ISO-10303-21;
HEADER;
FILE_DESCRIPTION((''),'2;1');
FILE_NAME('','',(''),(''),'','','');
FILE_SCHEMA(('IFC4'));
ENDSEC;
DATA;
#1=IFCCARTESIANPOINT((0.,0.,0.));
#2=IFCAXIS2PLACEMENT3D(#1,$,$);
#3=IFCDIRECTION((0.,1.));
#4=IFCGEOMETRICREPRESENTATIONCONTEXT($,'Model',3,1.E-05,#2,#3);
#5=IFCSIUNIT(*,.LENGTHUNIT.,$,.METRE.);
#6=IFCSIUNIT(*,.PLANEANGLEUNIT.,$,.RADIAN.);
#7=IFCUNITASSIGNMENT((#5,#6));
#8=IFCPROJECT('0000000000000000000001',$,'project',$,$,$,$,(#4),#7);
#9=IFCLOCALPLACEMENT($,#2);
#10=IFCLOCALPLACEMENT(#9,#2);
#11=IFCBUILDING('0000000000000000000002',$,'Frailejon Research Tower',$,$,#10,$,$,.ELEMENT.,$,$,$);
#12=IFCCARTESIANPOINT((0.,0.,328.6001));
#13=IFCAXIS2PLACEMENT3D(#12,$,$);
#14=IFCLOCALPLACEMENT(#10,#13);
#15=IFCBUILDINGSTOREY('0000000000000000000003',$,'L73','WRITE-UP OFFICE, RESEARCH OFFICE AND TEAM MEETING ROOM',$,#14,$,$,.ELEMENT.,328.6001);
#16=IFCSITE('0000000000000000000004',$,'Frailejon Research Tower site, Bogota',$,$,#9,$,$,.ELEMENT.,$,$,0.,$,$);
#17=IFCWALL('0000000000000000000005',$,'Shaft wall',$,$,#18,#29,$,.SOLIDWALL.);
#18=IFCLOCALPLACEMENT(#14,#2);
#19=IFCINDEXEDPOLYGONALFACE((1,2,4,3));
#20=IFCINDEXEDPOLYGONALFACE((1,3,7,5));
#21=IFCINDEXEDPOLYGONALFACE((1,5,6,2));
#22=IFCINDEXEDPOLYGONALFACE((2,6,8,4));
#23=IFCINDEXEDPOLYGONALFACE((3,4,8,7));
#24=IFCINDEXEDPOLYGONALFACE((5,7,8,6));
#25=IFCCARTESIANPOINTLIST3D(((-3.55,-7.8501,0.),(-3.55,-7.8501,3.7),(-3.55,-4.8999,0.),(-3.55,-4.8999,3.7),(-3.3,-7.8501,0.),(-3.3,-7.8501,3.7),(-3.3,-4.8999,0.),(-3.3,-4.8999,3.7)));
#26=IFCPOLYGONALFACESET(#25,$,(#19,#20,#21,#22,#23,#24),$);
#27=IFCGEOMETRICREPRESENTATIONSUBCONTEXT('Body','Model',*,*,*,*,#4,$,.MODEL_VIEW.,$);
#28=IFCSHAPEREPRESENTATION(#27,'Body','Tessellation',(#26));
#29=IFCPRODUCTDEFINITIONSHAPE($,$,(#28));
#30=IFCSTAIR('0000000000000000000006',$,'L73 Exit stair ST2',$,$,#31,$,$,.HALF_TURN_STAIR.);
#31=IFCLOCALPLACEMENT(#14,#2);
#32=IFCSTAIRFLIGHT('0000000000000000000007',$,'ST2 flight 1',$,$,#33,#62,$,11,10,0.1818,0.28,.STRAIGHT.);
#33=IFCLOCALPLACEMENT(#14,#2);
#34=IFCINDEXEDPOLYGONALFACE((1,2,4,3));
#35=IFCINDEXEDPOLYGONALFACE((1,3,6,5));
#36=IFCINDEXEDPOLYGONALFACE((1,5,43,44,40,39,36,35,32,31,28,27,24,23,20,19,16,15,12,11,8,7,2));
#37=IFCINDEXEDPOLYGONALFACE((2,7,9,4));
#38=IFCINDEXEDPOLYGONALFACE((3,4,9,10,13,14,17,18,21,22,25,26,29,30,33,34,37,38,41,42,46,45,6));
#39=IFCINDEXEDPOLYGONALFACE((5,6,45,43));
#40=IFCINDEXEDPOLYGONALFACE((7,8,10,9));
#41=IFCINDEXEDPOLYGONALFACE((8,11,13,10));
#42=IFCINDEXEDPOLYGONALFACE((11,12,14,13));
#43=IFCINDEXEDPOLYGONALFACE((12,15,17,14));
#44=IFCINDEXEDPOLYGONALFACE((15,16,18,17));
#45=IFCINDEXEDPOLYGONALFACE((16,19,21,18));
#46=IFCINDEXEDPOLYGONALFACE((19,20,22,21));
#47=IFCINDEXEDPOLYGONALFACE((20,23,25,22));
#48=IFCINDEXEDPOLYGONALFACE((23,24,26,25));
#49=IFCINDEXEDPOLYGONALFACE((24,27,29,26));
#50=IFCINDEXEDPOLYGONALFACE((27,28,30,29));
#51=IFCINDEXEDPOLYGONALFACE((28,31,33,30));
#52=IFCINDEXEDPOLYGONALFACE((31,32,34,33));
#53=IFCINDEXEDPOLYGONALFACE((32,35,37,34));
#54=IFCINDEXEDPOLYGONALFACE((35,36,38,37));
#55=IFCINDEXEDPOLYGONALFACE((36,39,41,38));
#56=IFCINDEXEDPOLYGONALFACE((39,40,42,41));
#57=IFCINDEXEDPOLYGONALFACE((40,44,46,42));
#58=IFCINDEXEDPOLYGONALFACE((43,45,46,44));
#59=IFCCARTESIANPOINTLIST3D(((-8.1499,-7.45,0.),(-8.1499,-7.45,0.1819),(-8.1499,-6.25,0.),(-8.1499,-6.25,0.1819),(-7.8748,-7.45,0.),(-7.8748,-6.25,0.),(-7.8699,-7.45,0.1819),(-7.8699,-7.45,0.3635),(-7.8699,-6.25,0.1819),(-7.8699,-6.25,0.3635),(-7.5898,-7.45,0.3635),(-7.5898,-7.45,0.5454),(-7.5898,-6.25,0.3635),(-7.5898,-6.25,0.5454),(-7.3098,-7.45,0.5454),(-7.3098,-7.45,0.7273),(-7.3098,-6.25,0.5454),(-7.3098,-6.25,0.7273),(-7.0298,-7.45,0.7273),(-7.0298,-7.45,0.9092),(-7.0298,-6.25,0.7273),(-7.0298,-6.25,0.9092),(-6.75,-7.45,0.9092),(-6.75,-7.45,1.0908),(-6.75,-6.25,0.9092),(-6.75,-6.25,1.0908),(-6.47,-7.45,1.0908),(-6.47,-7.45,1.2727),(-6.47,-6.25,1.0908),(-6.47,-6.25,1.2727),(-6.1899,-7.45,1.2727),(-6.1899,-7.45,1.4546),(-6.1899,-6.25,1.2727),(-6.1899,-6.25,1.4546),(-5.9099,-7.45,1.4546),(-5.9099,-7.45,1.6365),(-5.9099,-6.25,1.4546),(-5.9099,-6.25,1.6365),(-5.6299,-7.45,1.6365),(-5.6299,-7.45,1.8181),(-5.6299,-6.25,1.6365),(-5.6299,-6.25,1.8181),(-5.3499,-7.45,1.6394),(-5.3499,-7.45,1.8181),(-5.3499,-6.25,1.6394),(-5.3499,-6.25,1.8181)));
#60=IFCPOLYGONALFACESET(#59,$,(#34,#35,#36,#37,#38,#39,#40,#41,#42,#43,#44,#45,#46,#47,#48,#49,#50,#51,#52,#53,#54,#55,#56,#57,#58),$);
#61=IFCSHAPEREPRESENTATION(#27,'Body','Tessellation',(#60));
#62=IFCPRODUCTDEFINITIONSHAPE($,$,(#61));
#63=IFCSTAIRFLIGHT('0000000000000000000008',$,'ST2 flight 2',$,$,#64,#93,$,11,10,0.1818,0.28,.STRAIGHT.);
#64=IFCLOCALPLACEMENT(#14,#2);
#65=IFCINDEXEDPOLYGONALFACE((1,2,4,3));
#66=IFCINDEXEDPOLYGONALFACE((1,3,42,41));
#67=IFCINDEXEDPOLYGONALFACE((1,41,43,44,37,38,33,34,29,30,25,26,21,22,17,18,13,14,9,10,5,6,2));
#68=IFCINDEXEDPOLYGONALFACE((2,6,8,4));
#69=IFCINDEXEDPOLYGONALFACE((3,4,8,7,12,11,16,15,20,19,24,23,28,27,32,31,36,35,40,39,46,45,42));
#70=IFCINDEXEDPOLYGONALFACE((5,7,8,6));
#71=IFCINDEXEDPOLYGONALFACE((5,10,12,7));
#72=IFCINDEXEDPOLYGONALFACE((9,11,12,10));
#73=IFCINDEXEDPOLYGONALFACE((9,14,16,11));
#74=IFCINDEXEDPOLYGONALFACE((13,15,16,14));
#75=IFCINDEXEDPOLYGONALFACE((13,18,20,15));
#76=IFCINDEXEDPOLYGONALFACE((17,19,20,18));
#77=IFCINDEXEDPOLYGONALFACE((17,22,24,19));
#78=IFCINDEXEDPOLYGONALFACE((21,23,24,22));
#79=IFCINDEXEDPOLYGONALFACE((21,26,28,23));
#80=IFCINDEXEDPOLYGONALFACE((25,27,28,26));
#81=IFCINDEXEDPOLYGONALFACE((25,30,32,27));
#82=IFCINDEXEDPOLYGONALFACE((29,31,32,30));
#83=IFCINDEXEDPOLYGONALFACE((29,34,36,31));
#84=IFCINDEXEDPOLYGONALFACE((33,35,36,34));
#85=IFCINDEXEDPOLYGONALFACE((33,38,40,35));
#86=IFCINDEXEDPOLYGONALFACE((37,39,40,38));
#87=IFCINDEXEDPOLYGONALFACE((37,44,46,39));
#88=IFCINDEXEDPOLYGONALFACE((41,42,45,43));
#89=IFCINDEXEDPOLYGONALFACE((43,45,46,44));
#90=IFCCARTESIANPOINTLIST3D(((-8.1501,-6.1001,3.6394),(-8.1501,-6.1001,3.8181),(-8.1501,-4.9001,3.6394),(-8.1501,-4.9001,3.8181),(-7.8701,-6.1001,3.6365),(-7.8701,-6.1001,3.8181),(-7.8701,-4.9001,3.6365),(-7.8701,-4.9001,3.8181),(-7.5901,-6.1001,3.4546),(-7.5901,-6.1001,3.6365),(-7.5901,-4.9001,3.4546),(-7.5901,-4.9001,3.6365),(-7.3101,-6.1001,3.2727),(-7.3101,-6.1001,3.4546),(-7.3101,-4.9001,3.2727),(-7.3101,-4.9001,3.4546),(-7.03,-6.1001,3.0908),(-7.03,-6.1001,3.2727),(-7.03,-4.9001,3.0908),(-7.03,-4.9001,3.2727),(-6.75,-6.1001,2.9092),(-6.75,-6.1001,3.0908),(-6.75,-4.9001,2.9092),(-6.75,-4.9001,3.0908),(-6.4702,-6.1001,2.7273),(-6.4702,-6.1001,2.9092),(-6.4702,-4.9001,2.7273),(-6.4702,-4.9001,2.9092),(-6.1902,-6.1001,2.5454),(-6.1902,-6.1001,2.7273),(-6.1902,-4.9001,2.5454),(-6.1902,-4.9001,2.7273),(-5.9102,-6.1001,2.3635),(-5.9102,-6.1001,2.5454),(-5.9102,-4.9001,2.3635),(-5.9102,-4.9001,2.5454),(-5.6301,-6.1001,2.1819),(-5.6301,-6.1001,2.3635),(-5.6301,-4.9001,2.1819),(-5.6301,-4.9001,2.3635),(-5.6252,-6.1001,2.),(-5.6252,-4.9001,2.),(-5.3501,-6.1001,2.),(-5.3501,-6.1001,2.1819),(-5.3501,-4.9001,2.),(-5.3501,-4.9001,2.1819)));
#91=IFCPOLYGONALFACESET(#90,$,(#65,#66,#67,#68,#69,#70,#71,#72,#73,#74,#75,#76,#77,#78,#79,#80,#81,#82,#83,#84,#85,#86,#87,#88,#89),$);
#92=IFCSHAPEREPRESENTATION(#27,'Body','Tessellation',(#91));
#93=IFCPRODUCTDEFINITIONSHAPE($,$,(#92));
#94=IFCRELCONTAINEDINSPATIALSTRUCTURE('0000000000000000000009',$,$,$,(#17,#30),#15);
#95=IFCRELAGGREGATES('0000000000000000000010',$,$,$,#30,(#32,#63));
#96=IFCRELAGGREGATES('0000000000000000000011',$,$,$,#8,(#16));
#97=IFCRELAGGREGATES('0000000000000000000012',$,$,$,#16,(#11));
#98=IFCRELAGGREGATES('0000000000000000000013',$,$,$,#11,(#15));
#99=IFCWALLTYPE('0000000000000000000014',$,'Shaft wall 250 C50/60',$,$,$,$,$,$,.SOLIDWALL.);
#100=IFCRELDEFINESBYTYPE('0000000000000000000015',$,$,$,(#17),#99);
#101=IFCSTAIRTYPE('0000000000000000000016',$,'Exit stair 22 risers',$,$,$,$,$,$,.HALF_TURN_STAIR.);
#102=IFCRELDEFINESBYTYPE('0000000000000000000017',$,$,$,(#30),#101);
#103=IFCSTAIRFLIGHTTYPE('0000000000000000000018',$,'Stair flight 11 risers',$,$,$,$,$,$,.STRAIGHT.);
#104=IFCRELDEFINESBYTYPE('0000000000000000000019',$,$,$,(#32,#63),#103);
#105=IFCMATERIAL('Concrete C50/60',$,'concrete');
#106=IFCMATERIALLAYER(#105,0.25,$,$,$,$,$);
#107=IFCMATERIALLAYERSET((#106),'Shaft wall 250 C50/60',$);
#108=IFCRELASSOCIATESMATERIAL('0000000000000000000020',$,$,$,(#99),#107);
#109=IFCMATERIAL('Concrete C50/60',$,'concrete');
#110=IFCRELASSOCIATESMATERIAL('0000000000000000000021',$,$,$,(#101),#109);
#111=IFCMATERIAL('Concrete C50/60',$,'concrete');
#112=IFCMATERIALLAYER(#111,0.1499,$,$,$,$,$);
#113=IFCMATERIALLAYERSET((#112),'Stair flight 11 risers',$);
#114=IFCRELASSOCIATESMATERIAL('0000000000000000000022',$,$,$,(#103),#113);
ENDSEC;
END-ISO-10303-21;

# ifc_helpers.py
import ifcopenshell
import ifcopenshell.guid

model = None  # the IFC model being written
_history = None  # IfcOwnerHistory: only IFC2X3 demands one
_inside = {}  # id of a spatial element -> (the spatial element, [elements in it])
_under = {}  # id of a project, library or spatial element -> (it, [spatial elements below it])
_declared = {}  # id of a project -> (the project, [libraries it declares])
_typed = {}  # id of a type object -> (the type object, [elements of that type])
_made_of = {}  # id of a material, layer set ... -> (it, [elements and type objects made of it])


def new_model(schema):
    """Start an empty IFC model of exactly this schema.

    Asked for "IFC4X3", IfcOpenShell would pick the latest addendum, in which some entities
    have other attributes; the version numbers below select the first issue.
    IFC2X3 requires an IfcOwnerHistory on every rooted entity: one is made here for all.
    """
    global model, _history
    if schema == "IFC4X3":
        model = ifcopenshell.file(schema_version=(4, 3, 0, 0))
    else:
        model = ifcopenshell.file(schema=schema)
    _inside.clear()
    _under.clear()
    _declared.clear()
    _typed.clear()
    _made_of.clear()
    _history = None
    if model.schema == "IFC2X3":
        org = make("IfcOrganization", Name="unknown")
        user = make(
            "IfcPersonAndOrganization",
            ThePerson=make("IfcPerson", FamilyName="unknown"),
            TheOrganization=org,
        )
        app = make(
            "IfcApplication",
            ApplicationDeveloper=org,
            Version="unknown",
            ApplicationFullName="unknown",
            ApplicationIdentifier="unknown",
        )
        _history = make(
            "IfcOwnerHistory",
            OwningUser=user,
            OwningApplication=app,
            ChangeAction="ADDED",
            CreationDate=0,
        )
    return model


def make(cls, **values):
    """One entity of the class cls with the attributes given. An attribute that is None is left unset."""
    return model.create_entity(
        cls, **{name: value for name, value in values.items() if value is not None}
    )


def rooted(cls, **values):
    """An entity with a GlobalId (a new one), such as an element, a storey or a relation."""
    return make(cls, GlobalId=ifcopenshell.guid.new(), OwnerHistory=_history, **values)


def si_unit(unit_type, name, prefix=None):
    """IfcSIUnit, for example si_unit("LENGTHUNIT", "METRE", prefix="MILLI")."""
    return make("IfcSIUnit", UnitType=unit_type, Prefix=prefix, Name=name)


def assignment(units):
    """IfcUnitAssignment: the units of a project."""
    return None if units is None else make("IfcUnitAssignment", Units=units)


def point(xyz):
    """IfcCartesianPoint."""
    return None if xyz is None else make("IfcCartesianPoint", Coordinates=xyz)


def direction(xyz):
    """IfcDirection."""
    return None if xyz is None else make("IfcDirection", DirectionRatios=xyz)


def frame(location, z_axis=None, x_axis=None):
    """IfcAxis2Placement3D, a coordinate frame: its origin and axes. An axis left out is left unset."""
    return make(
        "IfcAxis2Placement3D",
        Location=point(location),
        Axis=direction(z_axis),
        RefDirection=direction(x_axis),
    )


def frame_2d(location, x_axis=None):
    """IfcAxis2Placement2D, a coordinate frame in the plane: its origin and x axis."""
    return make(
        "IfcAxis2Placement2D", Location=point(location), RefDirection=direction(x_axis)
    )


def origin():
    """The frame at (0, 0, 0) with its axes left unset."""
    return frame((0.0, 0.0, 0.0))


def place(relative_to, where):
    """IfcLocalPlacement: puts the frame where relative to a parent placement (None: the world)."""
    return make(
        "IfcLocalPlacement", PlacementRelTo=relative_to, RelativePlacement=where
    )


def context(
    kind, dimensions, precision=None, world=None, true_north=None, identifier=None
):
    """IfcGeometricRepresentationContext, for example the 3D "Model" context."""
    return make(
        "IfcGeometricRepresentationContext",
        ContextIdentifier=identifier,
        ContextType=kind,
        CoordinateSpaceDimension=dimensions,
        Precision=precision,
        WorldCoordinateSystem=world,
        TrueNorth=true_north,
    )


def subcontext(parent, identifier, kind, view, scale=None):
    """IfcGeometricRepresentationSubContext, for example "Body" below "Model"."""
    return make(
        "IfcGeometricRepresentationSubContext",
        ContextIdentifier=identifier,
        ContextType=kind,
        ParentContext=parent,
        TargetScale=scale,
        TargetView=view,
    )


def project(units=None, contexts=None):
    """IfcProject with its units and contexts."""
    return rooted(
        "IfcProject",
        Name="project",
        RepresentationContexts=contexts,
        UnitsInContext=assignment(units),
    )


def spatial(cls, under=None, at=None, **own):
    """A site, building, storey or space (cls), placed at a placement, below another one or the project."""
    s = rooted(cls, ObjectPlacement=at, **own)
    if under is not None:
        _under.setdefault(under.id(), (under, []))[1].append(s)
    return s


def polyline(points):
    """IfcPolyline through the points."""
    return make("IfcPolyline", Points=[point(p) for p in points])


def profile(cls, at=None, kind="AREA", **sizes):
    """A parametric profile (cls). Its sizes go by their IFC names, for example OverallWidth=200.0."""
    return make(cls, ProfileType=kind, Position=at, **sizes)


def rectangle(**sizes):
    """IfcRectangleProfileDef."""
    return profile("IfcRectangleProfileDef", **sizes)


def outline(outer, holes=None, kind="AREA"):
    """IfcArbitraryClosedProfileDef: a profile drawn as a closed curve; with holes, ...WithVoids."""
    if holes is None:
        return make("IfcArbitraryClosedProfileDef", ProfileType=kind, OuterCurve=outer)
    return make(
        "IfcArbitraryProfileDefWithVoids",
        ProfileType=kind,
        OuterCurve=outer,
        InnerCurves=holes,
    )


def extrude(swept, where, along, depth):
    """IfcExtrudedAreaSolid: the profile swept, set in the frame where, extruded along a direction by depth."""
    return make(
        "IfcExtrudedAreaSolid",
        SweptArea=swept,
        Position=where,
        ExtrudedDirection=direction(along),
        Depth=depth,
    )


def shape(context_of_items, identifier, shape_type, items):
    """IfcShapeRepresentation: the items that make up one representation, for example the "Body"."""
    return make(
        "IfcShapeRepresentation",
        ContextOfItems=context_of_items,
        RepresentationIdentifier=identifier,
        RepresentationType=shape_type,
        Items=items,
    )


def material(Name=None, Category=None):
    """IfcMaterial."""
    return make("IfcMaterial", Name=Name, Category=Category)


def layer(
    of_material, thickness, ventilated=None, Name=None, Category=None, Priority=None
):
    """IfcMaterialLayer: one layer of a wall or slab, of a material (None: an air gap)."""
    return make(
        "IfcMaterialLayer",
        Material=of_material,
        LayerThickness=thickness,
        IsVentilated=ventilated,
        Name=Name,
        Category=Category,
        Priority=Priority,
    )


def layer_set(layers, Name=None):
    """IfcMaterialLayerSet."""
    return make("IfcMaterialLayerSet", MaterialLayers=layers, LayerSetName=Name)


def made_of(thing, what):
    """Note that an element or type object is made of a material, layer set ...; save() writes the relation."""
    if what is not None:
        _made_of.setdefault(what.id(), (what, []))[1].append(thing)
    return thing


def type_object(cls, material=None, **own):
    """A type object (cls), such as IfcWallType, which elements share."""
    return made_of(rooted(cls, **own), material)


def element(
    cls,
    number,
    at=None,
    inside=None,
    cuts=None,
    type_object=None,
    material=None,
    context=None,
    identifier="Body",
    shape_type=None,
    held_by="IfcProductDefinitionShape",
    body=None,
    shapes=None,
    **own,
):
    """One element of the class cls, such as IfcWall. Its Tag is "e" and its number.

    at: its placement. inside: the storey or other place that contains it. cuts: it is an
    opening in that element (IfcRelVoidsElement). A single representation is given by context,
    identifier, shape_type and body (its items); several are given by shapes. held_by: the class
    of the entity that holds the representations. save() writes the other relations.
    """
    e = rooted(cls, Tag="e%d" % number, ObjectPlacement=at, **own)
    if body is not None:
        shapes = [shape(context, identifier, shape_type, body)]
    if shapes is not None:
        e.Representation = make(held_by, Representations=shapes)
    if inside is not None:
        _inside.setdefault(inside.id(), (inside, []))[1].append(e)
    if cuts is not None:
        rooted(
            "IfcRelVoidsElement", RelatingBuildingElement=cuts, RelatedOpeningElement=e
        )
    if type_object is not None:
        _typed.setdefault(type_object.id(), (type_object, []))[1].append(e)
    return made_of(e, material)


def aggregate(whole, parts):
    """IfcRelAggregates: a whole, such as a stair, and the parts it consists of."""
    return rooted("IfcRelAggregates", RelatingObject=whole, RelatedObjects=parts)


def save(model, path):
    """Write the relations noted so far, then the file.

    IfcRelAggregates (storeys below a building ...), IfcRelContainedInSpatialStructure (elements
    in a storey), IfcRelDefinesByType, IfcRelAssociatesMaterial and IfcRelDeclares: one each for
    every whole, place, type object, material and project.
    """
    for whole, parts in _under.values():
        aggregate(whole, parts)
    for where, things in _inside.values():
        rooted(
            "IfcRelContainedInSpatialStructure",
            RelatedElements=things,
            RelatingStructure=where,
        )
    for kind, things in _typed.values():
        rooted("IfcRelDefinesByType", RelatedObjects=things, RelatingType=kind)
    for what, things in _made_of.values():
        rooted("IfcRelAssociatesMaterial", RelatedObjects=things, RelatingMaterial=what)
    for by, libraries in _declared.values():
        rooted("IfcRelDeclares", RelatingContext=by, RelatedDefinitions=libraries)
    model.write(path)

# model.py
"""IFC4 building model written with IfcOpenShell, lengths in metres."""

from ifc_helpers import new_model, si_unit, direction, frame, frame_2d, origin, place, context, subcontext, project, spatial, polyline, rectangle, outline, extrude, material, layer, layer_set, type_object, element, aggregate, save


model = new_model("IFC4")

# Units and contexts
model_context = context("Model", 3, precision=1e-05, world=origin(), true_north=direction((0.0, 1.0)))
body_context = subcontext(model_context, "Body", "Model", "MODEL_VIEW")
ifc_project = project(units=[si_unit("LENGTHUNIT", "METRE"), si_unit("PLANEANGLEUNIT", "RADIAN")], contexts=[model_context])

# Site, building, storey
site_placement = place(None, origin())
site = spatial("IfcSite", under=ifc_project, at=site_placement, Name="Frailejon Research Tower site, Bogota", CompositionType="ELEMENT", RefElevation=0.0)
building_placement = place(site_placement, origin())
building = spatial("IfcBuilding", under=site, at=building_placement, Name="Frailejon Research Tower", CompositionType="ELEMENT")
storey_placement = place(building_placement, frame((0.0, 0.0, 328.6001)))
storey = spatial("IfcBuildingStorey", under=building, at=storey_placement, Name="L73", Description="WRITE-UP OFFICE, RESEARCH OFFICE AND TEAM MEETING ROOM", CompositionType="ELEMENT", Elevation=328.6001)

# Shared definitions
ifc_material_1 = material(Name="Concrete C50/60", Category="concrete")
ifc_layer_1 = layer(ifc_material_1, 0.25)
ifc_layer_set_1 = layer_set([ifc_layer_1], Name="Shaft wall 250 C50/60")
wall_type_1 = type_object("IfcWallType", Name="Shaft wall 250 C50/60", PredefinedType="SOLIDWALL", material=ifc_layer_set_1)

# Wall
wall_1_placement = place(storey_placement, frame((-3.425, -7.8501, 0.0), z_axis=(0.0, 0.0, 1.0), x_axis=(0.0, 1.0, 0.0)))
element("IfcWall", 1, at=wall_1_placement, inside=storey, type_object=wall_type_1, Name="Shaft wall", PredefinedType="SOLIDWALL", context=body_context, shape_type="SweptSolid", body=[
    extrude(rectangle(XDim=2.9502, YDim=0.25, at=frame_2d((1.4751, 0.0))), origin(), (0.0, 0.0, 1.0), 3.7),
])

# Stair, stair flights
ifc_material_2 = material(Name="Concrete C50/60", Category="concrete")
stair_type = type_object("IfcStairType", Name="Exit stair 22 risers", PredefinedType="HALF_TURN_STAIR", material=ifc_material_2)
stair_placement = place(storey_placement, origin())
stair = element("IfcStair", 2, at=stair_placement, inside=storey, type_object=stair_type, Name="L73 Exit stair ST2", PredefinedType="HALF_TURN_STAIR")
ifc_material_3 = material(Name="Concrete C50/60", Category="concrete")
ifc_layer_2 = layer(ifc_material_3, 0.1499)
ifc_layer_set_2 = layer_set([ifc_layer_2], Name="Stair flight 11 risers")
stair_flight_type = type_object("IfcStairFlightType", Name="Stair flight 11 risers", PredefinedType="STRAIGHT", material=ifc_layer_set_2)
stair_flight_1_placement = place(storey_placement, frame((-8.1499, -6.8501, 0.0), z_axis=(0.0, 0.0, 1.0), x_axis=(1.0, 0.0, 0.0)))
stair_flight_1 = element("IfcStairFlight", 3, at=stair_flight_1_placement, type_object=stair_flight_type, Name="ST2 flight 1", NumberOfRisers=11, NumberOfTreads=10, PredefinedType="STRAIGHT", RiserHeight=0.1818, TreadLength=0.28, context=body_context, shape_type="SweptSolid", body=[
    extrude(outline(polyline([(0.0, 0.0), (0.0, 0.1819), (0.28, 0.1819), (0.28, 0.3635), (0.5601, 0.3635), (0.5601, 0.5454), (0.8401, 0.5454), (0.8401, 0.7273), (1.1201, 0.7273), (1.1201, 0.9092), (1.3999, 0.9092), (1.3999, 1.0908), (1.6799, 1.0908), (1.6799, 1.2727), (1.96, 1.2727), (1.96, 1.4546), (2.24, 1.4546), (2.24, 1.6365), (2.52, 1.6365), (2.52, 1.8181), (2.8, 1.8181), (2.8, 2.0), (2.8, 1.6394), (0.2751, 0.0), (0.0, 0.0)])), frame((0.0, 0.6001, 0.0), z_axis=(0.0, -1.0, 0.0), x_axis=(1.0, 0.0, 0.0)), (0.0, 0.0, 1.0), 1.2),
])
stair_flight_2_placement = place(storey_placement, frame((-5.3501, -5.5, 2.0), z_axis=(0.0, 0.0, 1.0), x_axis=(-1.0, 0.0, 0.0)))
stair_flight_2 = element("IfcStairFlight", 4, at=stair_flight_2_placement, type_object=stair_flight_type, Name="ST2 flight 2", NumberOfRisers=11, NumberOfTreads=10, PredefinedType="STRAIGHT", RiserHeight=0.1818, TreadLength=0.28, context=body_context, shape_type="SweptSolid", body=[
    extrude(outline(polyline([(0.0, 0.0), (0.0, 0.1819), (0.28, 0.1819), (0.28, 0.3635), (0.5601, 0.3635), (0.5601, 0.5454), (0.8401, 0.5454), (0.8401, 0.7273), (1.1201, 0.7273), (1.1201, 0.9092), (1.3999, 0.9092), (1.3999, 1.0908), (1.6799, 1.0908), (1.6799, 1.2727), (1.96, 1.2727), (1.96, 1.4546), (2.24, 1.4546), (2.24, 1.6365), (2.52, 1.6365), (2.52, 1.8181), (2.8, 1.8181), (2.8, 2.0), (2.8, 1.6394), (0.2751, 0.0), (0.0, 0.0)])), frame((0.0, 0.6001, 0.0), z_axis=(0.0, -1.0, 0.0), x_axis=(1.0, 0.0, 0.0)), (0.0, 0.0, 1.0), 1.2),
])
aggregate(stair, [stair_flight_1, stair_flight_2])

save(model, "model.ifc")
